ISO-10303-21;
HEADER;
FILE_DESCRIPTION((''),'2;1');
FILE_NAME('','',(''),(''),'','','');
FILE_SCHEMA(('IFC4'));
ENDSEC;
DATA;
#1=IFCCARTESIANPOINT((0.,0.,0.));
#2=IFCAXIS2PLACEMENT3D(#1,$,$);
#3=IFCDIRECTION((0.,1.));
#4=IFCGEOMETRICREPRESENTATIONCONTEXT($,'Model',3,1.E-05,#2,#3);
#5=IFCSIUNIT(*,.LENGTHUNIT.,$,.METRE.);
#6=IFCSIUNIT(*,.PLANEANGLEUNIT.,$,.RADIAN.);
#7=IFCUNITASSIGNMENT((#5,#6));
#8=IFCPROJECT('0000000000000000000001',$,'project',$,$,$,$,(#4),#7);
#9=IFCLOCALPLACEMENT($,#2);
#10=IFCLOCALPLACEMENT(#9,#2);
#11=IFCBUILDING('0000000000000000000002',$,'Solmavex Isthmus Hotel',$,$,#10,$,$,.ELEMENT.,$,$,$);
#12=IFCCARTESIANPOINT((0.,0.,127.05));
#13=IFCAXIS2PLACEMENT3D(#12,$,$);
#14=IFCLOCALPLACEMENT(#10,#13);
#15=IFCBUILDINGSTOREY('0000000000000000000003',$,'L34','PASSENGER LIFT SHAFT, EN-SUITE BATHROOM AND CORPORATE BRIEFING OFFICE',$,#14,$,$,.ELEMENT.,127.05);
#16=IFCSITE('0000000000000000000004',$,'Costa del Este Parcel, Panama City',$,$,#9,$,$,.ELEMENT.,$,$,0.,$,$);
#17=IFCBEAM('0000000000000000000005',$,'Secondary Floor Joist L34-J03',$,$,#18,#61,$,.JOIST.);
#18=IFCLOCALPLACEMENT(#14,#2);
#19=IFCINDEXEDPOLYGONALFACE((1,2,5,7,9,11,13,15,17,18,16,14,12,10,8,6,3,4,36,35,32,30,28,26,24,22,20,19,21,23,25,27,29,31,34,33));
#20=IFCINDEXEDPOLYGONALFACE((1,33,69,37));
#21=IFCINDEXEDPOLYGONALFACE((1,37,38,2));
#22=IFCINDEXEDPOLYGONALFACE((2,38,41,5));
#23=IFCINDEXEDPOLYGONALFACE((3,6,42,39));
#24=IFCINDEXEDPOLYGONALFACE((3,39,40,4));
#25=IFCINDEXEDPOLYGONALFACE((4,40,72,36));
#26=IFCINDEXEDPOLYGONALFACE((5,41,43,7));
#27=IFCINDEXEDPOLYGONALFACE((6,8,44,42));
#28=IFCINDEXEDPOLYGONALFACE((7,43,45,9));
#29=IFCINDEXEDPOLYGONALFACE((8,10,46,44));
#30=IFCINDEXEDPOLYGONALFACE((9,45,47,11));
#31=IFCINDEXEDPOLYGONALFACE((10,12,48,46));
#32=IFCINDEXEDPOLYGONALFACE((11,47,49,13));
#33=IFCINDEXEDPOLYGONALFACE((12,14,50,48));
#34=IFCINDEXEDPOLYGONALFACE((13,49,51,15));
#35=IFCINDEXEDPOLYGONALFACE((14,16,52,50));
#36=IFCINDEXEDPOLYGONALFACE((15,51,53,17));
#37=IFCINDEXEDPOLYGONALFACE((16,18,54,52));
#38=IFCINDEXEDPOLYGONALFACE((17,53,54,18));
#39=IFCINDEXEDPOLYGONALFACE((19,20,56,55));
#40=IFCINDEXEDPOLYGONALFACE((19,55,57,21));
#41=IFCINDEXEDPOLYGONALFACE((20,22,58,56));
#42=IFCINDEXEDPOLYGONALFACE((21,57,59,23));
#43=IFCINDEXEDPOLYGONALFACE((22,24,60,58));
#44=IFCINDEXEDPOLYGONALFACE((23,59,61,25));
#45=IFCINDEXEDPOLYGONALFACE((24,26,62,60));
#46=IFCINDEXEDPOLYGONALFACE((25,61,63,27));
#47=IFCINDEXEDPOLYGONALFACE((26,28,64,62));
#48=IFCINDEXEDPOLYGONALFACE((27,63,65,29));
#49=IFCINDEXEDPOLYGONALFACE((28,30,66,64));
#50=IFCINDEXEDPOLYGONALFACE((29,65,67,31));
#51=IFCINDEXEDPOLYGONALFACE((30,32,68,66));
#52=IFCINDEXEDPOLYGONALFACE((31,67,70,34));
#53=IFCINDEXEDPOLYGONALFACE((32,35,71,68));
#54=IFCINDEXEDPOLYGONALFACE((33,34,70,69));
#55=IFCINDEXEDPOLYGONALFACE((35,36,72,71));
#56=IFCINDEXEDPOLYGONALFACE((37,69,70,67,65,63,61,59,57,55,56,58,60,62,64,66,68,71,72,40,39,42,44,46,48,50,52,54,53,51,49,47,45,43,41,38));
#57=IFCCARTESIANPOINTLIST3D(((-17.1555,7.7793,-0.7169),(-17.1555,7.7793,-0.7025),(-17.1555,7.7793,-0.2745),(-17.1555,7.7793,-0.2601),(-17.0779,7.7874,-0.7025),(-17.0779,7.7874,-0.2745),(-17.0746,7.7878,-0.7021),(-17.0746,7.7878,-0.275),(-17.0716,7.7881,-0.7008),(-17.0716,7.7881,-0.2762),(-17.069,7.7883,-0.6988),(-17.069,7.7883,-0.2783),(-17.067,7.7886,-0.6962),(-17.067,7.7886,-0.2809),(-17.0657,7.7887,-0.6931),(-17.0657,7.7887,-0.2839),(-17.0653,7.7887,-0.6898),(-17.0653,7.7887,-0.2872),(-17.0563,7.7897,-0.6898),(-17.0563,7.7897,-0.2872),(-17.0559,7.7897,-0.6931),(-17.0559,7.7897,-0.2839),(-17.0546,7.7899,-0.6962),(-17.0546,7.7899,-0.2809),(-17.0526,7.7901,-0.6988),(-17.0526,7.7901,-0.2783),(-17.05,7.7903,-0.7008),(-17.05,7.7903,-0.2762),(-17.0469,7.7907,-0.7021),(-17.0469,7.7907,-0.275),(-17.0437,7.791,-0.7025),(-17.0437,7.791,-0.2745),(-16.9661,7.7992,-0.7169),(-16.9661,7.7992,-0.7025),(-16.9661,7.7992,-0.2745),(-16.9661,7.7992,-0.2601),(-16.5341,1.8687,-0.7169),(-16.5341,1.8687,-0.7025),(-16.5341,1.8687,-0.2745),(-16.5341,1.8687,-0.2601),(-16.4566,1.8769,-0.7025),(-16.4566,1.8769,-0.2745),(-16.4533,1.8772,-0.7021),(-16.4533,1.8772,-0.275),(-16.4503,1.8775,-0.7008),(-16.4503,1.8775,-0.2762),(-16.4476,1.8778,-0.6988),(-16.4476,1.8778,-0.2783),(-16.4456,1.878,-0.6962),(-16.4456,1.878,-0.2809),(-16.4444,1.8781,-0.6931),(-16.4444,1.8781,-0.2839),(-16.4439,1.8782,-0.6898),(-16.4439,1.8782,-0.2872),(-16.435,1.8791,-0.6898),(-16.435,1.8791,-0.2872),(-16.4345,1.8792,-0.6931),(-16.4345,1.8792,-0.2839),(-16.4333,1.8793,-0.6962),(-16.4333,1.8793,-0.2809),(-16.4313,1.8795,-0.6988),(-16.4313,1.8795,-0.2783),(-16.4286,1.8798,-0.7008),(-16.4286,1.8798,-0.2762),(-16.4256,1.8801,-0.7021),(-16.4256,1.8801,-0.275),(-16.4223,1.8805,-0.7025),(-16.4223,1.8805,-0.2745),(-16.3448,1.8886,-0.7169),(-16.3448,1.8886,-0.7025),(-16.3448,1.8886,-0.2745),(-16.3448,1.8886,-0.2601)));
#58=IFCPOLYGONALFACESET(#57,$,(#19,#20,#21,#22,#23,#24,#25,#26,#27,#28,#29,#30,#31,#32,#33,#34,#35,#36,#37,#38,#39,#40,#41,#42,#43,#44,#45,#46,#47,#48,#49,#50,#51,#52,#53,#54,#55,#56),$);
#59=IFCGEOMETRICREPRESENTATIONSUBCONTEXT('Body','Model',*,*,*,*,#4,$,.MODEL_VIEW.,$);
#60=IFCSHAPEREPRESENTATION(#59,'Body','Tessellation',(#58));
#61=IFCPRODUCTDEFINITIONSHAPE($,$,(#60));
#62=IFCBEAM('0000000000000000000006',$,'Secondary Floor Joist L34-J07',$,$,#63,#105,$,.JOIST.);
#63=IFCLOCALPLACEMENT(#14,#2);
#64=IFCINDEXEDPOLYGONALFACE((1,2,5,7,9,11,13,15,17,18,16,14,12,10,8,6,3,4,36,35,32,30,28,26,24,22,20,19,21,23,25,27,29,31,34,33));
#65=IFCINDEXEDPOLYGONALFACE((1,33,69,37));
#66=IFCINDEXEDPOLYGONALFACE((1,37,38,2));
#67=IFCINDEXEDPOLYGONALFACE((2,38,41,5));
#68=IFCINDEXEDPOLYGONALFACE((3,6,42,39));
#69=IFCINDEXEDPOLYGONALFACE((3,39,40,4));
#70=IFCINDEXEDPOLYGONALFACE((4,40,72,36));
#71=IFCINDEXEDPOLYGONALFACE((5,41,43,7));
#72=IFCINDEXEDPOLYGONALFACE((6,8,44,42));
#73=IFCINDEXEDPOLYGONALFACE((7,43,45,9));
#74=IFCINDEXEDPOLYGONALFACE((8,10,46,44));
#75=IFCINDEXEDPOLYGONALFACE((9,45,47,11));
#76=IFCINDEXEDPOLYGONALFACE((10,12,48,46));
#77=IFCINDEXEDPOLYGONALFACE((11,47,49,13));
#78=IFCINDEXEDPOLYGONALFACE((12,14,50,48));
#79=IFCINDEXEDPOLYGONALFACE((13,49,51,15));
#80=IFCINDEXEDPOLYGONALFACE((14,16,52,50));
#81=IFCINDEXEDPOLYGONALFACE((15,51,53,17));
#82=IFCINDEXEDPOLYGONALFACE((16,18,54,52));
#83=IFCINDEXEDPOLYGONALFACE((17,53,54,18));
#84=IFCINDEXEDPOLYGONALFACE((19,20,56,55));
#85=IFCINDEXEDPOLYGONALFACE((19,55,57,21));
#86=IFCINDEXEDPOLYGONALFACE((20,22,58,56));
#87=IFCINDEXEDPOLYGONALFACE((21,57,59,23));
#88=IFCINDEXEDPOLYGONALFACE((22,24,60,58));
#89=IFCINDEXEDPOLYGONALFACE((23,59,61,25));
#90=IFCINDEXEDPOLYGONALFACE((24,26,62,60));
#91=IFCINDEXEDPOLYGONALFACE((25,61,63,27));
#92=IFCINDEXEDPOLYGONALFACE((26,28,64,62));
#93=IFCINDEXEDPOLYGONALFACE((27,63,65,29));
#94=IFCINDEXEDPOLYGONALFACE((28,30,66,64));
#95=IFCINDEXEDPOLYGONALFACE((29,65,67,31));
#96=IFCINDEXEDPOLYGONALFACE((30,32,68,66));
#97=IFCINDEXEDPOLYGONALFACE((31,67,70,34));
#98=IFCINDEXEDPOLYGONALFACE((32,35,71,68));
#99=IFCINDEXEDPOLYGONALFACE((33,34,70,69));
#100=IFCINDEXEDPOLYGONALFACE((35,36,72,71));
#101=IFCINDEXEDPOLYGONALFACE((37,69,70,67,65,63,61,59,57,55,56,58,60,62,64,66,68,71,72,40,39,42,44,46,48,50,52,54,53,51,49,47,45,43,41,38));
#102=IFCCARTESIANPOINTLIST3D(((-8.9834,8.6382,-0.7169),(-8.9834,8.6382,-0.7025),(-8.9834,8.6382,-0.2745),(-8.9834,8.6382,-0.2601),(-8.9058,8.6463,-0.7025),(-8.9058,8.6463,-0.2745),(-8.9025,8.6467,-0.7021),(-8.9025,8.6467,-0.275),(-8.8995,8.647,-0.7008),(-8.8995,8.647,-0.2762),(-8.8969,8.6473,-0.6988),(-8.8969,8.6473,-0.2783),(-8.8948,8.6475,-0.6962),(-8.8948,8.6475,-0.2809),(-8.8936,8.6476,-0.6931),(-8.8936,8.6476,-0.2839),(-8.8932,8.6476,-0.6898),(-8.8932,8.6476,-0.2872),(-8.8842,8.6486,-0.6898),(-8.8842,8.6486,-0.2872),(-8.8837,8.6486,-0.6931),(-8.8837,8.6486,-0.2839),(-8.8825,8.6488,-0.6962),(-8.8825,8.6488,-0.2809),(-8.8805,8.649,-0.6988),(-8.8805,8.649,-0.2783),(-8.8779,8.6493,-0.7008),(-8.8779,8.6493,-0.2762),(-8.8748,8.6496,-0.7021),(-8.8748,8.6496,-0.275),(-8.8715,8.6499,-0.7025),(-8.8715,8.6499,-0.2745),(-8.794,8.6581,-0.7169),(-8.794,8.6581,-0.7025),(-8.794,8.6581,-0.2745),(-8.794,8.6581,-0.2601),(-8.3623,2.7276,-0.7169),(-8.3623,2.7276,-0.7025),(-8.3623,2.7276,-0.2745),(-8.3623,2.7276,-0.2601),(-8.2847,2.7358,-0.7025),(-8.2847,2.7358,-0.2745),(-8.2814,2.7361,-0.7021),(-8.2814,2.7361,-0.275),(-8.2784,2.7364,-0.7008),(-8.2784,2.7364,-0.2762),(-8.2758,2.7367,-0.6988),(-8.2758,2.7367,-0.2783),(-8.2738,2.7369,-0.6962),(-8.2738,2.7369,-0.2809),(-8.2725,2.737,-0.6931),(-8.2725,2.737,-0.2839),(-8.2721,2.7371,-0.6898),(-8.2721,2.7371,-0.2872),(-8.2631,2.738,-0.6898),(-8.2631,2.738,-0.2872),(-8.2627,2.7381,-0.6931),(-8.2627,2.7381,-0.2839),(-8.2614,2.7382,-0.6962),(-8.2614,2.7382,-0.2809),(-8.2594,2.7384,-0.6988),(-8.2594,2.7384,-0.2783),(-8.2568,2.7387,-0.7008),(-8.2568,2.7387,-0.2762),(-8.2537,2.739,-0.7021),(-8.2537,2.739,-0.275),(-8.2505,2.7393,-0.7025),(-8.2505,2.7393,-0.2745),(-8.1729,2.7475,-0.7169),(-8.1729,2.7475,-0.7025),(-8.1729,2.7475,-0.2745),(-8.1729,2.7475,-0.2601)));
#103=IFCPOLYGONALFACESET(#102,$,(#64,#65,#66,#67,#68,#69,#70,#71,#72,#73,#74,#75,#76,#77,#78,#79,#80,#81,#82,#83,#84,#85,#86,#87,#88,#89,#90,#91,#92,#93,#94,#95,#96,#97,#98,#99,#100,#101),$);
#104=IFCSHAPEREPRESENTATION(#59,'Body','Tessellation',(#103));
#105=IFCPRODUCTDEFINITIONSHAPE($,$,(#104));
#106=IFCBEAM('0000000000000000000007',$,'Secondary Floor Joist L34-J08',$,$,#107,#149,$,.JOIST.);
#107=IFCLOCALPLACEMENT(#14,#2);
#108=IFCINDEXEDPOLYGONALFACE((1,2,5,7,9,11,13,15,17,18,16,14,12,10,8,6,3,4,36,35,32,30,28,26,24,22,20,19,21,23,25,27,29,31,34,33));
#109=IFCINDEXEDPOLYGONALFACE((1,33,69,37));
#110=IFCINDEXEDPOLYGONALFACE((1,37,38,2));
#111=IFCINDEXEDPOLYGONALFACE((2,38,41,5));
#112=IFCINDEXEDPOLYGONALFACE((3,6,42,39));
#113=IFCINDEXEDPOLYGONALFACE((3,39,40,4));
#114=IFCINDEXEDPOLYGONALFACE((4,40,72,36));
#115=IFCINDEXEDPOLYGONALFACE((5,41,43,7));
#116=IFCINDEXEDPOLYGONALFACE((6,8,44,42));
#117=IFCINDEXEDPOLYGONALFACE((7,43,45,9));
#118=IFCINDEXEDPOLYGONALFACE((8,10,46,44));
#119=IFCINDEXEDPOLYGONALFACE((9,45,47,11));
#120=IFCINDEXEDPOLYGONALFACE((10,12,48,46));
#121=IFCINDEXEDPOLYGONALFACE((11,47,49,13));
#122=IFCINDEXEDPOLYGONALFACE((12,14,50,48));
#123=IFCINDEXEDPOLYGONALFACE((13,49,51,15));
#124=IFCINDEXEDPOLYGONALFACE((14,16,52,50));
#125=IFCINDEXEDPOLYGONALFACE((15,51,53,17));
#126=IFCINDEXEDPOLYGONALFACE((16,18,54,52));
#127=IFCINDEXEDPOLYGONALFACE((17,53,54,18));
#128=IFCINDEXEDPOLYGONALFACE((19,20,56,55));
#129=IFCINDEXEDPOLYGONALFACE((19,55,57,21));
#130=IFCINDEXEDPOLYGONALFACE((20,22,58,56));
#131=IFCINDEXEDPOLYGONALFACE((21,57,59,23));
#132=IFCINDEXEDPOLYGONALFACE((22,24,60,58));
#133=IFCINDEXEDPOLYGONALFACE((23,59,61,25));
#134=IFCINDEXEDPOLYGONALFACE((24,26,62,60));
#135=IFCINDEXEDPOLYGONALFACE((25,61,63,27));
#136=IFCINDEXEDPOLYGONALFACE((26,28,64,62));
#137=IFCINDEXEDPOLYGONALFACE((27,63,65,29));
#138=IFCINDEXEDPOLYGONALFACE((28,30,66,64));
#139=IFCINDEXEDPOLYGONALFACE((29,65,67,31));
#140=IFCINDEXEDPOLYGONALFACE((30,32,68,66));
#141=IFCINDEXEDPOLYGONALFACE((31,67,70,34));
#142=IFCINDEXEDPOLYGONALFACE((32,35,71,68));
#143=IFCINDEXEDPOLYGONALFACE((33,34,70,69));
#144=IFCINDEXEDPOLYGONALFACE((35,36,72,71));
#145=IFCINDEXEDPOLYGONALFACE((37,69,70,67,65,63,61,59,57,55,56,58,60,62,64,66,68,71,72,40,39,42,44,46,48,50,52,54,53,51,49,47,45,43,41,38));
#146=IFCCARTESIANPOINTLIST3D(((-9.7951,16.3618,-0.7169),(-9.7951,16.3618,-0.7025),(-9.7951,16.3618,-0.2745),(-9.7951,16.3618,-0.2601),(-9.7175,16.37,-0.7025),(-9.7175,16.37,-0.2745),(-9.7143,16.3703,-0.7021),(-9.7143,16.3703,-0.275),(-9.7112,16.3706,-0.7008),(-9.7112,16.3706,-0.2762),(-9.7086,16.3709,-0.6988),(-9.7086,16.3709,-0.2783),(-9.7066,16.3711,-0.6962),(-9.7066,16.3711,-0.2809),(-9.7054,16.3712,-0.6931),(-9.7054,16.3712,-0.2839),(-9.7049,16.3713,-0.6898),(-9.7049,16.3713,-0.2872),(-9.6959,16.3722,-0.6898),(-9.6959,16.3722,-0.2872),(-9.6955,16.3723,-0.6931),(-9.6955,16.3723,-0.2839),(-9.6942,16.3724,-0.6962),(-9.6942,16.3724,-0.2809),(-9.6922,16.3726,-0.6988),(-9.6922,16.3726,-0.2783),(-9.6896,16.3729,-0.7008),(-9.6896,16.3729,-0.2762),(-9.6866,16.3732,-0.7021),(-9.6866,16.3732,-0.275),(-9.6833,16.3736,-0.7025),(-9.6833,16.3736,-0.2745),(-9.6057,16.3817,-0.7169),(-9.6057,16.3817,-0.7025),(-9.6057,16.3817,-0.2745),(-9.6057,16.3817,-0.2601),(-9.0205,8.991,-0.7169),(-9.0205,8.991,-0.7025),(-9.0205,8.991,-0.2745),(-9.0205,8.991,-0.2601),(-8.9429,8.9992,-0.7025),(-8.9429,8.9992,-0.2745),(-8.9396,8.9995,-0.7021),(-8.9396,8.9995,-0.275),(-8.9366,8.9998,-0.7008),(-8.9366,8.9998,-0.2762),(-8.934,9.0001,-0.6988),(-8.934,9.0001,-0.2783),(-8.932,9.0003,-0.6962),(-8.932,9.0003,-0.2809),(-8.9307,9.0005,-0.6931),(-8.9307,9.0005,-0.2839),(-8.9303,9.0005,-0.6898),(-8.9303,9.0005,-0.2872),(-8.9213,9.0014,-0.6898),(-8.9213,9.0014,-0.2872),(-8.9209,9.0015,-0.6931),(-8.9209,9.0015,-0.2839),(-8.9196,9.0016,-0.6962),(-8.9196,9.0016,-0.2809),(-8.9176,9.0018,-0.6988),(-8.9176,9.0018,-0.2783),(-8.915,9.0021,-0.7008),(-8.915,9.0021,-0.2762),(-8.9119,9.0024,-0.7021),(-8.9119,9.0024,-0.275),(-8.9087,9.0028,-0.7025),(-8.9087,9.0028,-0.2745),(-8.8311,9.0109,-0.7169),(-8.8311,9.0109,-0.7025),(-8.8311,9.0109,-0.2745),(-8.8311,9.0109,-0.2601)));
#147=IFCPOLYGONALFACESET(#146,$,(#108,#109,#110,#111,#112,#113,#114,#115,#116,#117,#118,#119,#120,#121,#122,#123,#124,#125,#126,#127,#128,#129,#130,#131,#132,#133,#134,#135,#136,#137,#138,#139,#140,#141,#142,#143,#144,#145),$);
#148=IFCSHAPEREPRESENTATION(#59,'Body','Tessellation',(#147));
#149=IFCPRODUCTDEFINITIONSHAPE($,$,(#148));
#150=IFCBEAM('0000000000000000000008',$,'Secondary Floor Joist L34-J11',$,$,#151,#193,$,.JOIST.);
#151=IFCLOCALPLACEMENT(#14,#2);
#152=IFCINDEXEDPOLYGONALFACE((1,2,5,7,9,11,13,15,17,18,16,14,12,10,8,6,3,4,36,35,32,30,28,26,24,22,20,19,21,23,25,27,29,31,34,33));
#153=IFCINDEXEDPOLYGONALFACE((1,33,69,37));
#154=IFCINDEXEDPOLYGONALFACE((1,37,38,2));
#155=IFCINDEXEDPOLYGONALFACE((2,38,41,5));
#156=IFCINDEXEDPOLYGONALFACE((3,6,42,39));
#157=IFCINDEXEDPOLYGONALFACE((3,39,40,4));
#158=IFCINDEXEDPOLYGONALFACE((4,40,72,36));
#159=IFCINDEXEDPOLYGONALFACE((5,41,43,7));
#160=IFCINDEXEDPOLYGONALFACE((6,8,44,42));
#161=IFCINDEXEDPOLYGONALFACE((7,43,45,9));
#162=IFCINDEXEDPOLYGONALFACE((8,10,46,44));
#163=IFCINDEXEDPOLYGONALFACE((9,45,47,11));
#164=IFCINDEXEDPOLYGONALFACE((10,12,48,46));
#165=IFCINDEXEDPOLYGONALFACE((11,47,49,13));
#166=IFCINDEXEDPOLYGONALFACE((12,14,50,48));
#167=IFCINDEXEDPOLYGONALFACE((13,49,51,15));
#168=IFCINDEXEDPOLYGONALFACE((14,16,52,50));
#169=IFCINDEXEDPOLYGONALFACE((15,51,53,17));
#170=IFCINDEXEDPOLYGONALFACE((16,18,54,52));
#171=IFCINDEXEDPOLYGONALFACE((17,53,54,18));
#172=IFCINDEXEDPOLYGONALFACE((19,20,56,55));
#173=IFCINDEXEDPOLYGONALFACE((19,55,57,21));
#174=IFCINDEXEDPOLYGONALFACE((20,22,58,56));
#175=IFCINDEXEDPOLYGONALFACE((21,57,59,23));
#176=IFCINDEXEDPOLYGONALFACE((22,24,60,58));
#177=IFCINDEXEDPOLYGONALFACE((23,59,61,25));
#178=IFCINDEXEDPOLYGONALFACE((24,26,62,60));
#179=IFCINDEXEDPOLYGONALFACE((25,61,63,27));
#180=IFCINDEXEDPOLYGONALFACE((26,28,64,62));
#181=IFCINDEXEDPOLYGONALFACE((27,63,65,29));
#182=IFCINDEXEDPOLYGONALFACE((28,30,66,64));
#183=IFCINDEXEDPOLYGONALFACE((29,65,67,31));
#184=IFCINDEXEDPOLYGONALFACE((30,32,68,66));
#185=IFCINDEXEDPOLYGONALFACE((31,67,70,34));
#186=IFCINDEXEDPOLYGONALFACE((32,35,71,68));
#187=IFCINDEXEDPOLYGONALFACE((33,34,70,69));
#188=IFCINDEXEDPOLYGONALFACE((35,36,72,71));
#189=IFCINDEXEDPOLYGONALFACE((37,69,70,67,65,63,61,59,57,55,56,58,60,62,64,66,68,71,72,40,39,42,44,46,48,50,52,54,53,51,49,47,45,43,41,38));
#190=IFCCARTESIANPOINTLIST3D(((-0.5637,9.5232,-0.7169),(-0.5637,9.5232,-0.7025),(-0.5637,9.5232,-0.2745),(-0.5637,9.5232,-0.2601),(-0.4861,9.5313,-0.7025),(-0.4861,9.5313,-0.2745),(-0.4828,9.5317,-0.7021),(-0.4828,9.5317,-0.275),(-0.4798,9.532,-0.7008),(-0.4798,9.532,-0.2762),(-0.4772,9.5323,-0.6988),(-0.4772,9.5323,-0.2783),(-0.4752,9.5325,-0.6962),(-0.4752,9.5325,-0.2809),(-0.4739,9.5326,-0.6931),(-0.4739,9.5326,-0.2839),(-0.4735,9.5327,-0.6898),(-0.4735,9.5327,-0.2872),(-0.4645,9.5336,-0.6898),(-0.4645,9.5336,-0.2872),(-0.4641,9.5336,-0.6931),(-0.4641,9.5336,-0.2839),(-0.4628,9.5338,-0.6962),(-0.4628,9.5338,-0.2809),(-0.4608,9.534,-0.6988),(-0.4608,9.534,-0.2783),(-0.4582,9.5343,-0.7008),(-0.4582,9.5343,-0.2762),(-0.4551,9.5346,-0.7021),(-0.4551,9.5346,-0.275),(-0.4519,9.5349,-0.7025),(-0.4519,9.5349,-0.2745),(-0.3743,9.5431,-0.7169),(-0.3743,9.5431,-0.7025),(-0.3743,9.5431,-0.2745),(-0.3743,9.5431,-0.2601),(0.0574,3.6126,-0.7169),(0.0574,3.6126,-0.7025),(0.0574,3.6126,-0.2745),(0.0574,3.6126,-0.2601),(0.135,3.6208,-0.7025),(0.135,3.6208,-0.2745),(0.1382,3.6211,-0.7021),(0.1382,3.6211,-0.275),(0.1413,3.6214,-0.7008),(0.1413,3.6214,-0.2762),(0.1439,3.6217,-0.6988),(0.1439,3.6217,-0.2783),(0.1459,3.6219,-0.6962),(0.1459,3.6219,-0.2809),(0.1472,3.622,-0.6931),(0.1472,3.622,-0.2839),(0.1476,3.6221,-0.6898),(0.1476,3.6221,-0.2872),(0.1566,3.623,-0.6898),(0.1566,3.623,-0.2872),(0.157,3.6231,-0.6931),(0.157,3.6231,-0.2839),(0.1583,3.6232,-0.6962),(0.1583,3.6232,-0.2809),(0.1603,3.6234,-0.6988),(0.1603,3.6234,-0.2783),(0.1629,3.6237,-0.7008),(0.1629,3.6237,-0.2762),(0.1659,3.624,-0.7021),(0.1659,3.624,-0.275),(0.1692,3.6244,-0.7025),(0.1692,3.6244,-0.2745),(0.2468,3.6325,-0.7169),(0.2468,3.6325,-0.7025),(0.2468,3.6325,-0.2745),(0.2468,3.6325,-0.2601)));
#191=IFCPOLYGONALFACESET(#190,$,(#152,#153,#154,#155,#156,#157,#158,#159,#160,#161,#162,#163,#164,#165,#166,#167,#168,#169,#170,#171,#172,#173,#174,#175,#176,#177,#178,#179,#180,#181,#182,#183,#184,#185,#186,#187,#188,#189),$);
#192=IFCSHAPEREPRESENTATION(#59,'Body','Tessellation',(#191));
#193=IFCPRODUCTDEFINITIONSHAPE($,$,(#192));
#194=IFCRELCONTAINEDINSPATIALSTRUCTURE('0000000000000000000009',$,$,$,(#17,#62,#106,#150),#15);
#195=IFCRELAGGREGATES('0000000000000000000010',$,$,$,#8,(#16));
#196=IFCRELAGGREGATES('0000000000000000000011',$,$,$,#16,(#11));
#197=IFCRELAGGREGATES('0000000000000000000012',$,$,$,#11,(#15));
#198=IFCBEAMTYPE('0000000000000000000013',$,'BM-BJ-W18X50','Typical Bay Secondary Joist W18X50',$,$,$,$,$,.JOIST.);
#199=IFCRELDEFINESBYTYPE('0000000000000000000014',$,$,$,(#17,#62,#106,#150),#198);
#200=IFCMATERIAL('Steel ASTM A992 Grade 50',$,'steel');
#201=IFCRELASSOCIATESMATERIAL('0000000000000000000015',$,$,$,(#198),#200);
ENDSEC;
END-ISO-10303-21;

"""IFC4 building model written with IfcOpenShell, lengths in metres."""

from ifc_helpers import new_model, si_unit, direction, frame, origin, origin_2d, place, context, subcontext, project, spatial, i_section, extrude, material, material_profile, profile_set, type_object, element, save


model = new_model("IFC4")

# Units and contexts
model_context = context("Model", 3, precision=1e-05, world=origin(), true_north=direction((0.0, 1.0)))
body_context = subcontext(model_context, "Body", "Model", "MODEL_VIEW")
ifc_project = project(units=[si_unit("LENGTHUNIT", "METRE"), si_unit("PLANEANGLEUNIT", "RADIAN")], contexts=[model_context])

# Site, building, storey
site_placement = place(None, origin())
site = spatial("IfcSite", under=ifc_project, at=site_placement, Name="Costa del Este Parcel, Panama City", CompositionType="ELEMENT", RefElevation=0.0)
building_placement = place(site_placement, origin())
building = spatial("IfcBuilding", under=site, at=building_placement, Name="Solmavex Isthmus Hotel", CompositionType="ELEMENT")
storey_placement = place(building_placement, frame((0.0, 0.0, 127.05)))
storey = spatial("IfcBuildingStorey", under=building, at=storey_placement, Name="L34", Description="PASSENGER LIFT SHAFT, EN-SUITE BATHROOM AND CORPORATE BRIEFING OFFICE", CompositionType="ELEMENT", Elevation=127.05)

# Beams
ifc_material_1 = material(Name="Steel ASTM A992 Grade 50", Category="steel")
ifc_material_profile_1 = material_profile(ifc_material_1, i_section(OverallWidth=0.1904, OverallDepth=0.4568, WebThickness=0.009, FlangeThickness=0.0144, FilletRadius=0.0127, at=origin_2d()), Name="W18X50")
ifc_profile_set_1 = profile_set([ifc_material_profile_1], Name="Steel ASTM A992 Grade 50")
beam_type_1 = type_object("IfcBeamType", Name="BM-BJ-W18X50", Description="Typical Bay Secondary Joist W18X50", PredefinedType="JOIST", material=ifc_profile_set_1)
for number, where, z_axis, x_axis, name in (
    (1, (-16.4395, 1.8787, -0.4885), (-0.104546, 0.99452, 0.0), (-0.99452, -0.104546, 0.0), "Secondary Floor Joist L34-J03"),
    (2, (-8.2676, 2.7375, -0.4885), (-0.104505, 0.994524, 0.0), (-0.994524, -0.104505, 0.0), "Secondary Floor Joist L34-J07"),
):
    element("IfcBeam", number, at=place(storey_placement, frame(where, z_axis=z_axis, x_axis=x_axis)), inside=storey, type_object=beam_type_1, Name=name, PredefinedType="JOIST", context=body_context, shape_type="SweptSolid", body=[
        extrude(i_section(OverallWidth=0.1904, OverallDepth=0.4568, WebThickness=0.009, FlangeThickness=0.0144, FilletRadius=0.0127, at=origin_2d()), origin(), (0.0, 0.0, 1.0), 5.9431),
    ])
beam_1_placement = place(storey_placement, frame((-8.9258, 9.001, -0.4885), z_axis=(-0.104522, 0.994523, 0.0), x_axis=(-0.994523, -0.104522, 0.0)))
element("IfcBeam", 3, at=beam_1_placement, inside=storey, type_object=beam_type_1, Name="Secondary Floor Joist L34-J08", PredefinedType="JOIST", context=body_context, shape_type="SweptSolid", body=[
    extrude(i_section(OverallWidth=0.1904, OverallDepth=0.4568, WebThickness=0.009, FlangeThickness=0.0144, FilletRadius=0.0127, at=origin_2d()), origin(), (0.0, 0.0, 1.0), 7.4114),
])
beam_2_placement = place(storey_placement, frame((0.1521, 3.6226, -0.4885), z_axis=(-0.104505, 0.994524, 0.0), x_axis=(-0.994524, -0.104505, 0.0)))
element("IfcBeam", 4, at=beam_2_placement, inside=storey, type_object=beam_type_1, Name="Secondary Floor Joist L34-J11", PredefinedType="JOIST", context=body_context, shape_type="SweptSolid", body=[
    extrude(i_section(OverallWidth=0.1904, OverallDepth=0.4568, WebThickness=0.009, FlangeThickness=0.0144, FilletRadius=0.0127, at=origin_2d()), origin(), (0.0, 0.0, 1.0), 5.9431),
])

save(model, "model.ifc")
